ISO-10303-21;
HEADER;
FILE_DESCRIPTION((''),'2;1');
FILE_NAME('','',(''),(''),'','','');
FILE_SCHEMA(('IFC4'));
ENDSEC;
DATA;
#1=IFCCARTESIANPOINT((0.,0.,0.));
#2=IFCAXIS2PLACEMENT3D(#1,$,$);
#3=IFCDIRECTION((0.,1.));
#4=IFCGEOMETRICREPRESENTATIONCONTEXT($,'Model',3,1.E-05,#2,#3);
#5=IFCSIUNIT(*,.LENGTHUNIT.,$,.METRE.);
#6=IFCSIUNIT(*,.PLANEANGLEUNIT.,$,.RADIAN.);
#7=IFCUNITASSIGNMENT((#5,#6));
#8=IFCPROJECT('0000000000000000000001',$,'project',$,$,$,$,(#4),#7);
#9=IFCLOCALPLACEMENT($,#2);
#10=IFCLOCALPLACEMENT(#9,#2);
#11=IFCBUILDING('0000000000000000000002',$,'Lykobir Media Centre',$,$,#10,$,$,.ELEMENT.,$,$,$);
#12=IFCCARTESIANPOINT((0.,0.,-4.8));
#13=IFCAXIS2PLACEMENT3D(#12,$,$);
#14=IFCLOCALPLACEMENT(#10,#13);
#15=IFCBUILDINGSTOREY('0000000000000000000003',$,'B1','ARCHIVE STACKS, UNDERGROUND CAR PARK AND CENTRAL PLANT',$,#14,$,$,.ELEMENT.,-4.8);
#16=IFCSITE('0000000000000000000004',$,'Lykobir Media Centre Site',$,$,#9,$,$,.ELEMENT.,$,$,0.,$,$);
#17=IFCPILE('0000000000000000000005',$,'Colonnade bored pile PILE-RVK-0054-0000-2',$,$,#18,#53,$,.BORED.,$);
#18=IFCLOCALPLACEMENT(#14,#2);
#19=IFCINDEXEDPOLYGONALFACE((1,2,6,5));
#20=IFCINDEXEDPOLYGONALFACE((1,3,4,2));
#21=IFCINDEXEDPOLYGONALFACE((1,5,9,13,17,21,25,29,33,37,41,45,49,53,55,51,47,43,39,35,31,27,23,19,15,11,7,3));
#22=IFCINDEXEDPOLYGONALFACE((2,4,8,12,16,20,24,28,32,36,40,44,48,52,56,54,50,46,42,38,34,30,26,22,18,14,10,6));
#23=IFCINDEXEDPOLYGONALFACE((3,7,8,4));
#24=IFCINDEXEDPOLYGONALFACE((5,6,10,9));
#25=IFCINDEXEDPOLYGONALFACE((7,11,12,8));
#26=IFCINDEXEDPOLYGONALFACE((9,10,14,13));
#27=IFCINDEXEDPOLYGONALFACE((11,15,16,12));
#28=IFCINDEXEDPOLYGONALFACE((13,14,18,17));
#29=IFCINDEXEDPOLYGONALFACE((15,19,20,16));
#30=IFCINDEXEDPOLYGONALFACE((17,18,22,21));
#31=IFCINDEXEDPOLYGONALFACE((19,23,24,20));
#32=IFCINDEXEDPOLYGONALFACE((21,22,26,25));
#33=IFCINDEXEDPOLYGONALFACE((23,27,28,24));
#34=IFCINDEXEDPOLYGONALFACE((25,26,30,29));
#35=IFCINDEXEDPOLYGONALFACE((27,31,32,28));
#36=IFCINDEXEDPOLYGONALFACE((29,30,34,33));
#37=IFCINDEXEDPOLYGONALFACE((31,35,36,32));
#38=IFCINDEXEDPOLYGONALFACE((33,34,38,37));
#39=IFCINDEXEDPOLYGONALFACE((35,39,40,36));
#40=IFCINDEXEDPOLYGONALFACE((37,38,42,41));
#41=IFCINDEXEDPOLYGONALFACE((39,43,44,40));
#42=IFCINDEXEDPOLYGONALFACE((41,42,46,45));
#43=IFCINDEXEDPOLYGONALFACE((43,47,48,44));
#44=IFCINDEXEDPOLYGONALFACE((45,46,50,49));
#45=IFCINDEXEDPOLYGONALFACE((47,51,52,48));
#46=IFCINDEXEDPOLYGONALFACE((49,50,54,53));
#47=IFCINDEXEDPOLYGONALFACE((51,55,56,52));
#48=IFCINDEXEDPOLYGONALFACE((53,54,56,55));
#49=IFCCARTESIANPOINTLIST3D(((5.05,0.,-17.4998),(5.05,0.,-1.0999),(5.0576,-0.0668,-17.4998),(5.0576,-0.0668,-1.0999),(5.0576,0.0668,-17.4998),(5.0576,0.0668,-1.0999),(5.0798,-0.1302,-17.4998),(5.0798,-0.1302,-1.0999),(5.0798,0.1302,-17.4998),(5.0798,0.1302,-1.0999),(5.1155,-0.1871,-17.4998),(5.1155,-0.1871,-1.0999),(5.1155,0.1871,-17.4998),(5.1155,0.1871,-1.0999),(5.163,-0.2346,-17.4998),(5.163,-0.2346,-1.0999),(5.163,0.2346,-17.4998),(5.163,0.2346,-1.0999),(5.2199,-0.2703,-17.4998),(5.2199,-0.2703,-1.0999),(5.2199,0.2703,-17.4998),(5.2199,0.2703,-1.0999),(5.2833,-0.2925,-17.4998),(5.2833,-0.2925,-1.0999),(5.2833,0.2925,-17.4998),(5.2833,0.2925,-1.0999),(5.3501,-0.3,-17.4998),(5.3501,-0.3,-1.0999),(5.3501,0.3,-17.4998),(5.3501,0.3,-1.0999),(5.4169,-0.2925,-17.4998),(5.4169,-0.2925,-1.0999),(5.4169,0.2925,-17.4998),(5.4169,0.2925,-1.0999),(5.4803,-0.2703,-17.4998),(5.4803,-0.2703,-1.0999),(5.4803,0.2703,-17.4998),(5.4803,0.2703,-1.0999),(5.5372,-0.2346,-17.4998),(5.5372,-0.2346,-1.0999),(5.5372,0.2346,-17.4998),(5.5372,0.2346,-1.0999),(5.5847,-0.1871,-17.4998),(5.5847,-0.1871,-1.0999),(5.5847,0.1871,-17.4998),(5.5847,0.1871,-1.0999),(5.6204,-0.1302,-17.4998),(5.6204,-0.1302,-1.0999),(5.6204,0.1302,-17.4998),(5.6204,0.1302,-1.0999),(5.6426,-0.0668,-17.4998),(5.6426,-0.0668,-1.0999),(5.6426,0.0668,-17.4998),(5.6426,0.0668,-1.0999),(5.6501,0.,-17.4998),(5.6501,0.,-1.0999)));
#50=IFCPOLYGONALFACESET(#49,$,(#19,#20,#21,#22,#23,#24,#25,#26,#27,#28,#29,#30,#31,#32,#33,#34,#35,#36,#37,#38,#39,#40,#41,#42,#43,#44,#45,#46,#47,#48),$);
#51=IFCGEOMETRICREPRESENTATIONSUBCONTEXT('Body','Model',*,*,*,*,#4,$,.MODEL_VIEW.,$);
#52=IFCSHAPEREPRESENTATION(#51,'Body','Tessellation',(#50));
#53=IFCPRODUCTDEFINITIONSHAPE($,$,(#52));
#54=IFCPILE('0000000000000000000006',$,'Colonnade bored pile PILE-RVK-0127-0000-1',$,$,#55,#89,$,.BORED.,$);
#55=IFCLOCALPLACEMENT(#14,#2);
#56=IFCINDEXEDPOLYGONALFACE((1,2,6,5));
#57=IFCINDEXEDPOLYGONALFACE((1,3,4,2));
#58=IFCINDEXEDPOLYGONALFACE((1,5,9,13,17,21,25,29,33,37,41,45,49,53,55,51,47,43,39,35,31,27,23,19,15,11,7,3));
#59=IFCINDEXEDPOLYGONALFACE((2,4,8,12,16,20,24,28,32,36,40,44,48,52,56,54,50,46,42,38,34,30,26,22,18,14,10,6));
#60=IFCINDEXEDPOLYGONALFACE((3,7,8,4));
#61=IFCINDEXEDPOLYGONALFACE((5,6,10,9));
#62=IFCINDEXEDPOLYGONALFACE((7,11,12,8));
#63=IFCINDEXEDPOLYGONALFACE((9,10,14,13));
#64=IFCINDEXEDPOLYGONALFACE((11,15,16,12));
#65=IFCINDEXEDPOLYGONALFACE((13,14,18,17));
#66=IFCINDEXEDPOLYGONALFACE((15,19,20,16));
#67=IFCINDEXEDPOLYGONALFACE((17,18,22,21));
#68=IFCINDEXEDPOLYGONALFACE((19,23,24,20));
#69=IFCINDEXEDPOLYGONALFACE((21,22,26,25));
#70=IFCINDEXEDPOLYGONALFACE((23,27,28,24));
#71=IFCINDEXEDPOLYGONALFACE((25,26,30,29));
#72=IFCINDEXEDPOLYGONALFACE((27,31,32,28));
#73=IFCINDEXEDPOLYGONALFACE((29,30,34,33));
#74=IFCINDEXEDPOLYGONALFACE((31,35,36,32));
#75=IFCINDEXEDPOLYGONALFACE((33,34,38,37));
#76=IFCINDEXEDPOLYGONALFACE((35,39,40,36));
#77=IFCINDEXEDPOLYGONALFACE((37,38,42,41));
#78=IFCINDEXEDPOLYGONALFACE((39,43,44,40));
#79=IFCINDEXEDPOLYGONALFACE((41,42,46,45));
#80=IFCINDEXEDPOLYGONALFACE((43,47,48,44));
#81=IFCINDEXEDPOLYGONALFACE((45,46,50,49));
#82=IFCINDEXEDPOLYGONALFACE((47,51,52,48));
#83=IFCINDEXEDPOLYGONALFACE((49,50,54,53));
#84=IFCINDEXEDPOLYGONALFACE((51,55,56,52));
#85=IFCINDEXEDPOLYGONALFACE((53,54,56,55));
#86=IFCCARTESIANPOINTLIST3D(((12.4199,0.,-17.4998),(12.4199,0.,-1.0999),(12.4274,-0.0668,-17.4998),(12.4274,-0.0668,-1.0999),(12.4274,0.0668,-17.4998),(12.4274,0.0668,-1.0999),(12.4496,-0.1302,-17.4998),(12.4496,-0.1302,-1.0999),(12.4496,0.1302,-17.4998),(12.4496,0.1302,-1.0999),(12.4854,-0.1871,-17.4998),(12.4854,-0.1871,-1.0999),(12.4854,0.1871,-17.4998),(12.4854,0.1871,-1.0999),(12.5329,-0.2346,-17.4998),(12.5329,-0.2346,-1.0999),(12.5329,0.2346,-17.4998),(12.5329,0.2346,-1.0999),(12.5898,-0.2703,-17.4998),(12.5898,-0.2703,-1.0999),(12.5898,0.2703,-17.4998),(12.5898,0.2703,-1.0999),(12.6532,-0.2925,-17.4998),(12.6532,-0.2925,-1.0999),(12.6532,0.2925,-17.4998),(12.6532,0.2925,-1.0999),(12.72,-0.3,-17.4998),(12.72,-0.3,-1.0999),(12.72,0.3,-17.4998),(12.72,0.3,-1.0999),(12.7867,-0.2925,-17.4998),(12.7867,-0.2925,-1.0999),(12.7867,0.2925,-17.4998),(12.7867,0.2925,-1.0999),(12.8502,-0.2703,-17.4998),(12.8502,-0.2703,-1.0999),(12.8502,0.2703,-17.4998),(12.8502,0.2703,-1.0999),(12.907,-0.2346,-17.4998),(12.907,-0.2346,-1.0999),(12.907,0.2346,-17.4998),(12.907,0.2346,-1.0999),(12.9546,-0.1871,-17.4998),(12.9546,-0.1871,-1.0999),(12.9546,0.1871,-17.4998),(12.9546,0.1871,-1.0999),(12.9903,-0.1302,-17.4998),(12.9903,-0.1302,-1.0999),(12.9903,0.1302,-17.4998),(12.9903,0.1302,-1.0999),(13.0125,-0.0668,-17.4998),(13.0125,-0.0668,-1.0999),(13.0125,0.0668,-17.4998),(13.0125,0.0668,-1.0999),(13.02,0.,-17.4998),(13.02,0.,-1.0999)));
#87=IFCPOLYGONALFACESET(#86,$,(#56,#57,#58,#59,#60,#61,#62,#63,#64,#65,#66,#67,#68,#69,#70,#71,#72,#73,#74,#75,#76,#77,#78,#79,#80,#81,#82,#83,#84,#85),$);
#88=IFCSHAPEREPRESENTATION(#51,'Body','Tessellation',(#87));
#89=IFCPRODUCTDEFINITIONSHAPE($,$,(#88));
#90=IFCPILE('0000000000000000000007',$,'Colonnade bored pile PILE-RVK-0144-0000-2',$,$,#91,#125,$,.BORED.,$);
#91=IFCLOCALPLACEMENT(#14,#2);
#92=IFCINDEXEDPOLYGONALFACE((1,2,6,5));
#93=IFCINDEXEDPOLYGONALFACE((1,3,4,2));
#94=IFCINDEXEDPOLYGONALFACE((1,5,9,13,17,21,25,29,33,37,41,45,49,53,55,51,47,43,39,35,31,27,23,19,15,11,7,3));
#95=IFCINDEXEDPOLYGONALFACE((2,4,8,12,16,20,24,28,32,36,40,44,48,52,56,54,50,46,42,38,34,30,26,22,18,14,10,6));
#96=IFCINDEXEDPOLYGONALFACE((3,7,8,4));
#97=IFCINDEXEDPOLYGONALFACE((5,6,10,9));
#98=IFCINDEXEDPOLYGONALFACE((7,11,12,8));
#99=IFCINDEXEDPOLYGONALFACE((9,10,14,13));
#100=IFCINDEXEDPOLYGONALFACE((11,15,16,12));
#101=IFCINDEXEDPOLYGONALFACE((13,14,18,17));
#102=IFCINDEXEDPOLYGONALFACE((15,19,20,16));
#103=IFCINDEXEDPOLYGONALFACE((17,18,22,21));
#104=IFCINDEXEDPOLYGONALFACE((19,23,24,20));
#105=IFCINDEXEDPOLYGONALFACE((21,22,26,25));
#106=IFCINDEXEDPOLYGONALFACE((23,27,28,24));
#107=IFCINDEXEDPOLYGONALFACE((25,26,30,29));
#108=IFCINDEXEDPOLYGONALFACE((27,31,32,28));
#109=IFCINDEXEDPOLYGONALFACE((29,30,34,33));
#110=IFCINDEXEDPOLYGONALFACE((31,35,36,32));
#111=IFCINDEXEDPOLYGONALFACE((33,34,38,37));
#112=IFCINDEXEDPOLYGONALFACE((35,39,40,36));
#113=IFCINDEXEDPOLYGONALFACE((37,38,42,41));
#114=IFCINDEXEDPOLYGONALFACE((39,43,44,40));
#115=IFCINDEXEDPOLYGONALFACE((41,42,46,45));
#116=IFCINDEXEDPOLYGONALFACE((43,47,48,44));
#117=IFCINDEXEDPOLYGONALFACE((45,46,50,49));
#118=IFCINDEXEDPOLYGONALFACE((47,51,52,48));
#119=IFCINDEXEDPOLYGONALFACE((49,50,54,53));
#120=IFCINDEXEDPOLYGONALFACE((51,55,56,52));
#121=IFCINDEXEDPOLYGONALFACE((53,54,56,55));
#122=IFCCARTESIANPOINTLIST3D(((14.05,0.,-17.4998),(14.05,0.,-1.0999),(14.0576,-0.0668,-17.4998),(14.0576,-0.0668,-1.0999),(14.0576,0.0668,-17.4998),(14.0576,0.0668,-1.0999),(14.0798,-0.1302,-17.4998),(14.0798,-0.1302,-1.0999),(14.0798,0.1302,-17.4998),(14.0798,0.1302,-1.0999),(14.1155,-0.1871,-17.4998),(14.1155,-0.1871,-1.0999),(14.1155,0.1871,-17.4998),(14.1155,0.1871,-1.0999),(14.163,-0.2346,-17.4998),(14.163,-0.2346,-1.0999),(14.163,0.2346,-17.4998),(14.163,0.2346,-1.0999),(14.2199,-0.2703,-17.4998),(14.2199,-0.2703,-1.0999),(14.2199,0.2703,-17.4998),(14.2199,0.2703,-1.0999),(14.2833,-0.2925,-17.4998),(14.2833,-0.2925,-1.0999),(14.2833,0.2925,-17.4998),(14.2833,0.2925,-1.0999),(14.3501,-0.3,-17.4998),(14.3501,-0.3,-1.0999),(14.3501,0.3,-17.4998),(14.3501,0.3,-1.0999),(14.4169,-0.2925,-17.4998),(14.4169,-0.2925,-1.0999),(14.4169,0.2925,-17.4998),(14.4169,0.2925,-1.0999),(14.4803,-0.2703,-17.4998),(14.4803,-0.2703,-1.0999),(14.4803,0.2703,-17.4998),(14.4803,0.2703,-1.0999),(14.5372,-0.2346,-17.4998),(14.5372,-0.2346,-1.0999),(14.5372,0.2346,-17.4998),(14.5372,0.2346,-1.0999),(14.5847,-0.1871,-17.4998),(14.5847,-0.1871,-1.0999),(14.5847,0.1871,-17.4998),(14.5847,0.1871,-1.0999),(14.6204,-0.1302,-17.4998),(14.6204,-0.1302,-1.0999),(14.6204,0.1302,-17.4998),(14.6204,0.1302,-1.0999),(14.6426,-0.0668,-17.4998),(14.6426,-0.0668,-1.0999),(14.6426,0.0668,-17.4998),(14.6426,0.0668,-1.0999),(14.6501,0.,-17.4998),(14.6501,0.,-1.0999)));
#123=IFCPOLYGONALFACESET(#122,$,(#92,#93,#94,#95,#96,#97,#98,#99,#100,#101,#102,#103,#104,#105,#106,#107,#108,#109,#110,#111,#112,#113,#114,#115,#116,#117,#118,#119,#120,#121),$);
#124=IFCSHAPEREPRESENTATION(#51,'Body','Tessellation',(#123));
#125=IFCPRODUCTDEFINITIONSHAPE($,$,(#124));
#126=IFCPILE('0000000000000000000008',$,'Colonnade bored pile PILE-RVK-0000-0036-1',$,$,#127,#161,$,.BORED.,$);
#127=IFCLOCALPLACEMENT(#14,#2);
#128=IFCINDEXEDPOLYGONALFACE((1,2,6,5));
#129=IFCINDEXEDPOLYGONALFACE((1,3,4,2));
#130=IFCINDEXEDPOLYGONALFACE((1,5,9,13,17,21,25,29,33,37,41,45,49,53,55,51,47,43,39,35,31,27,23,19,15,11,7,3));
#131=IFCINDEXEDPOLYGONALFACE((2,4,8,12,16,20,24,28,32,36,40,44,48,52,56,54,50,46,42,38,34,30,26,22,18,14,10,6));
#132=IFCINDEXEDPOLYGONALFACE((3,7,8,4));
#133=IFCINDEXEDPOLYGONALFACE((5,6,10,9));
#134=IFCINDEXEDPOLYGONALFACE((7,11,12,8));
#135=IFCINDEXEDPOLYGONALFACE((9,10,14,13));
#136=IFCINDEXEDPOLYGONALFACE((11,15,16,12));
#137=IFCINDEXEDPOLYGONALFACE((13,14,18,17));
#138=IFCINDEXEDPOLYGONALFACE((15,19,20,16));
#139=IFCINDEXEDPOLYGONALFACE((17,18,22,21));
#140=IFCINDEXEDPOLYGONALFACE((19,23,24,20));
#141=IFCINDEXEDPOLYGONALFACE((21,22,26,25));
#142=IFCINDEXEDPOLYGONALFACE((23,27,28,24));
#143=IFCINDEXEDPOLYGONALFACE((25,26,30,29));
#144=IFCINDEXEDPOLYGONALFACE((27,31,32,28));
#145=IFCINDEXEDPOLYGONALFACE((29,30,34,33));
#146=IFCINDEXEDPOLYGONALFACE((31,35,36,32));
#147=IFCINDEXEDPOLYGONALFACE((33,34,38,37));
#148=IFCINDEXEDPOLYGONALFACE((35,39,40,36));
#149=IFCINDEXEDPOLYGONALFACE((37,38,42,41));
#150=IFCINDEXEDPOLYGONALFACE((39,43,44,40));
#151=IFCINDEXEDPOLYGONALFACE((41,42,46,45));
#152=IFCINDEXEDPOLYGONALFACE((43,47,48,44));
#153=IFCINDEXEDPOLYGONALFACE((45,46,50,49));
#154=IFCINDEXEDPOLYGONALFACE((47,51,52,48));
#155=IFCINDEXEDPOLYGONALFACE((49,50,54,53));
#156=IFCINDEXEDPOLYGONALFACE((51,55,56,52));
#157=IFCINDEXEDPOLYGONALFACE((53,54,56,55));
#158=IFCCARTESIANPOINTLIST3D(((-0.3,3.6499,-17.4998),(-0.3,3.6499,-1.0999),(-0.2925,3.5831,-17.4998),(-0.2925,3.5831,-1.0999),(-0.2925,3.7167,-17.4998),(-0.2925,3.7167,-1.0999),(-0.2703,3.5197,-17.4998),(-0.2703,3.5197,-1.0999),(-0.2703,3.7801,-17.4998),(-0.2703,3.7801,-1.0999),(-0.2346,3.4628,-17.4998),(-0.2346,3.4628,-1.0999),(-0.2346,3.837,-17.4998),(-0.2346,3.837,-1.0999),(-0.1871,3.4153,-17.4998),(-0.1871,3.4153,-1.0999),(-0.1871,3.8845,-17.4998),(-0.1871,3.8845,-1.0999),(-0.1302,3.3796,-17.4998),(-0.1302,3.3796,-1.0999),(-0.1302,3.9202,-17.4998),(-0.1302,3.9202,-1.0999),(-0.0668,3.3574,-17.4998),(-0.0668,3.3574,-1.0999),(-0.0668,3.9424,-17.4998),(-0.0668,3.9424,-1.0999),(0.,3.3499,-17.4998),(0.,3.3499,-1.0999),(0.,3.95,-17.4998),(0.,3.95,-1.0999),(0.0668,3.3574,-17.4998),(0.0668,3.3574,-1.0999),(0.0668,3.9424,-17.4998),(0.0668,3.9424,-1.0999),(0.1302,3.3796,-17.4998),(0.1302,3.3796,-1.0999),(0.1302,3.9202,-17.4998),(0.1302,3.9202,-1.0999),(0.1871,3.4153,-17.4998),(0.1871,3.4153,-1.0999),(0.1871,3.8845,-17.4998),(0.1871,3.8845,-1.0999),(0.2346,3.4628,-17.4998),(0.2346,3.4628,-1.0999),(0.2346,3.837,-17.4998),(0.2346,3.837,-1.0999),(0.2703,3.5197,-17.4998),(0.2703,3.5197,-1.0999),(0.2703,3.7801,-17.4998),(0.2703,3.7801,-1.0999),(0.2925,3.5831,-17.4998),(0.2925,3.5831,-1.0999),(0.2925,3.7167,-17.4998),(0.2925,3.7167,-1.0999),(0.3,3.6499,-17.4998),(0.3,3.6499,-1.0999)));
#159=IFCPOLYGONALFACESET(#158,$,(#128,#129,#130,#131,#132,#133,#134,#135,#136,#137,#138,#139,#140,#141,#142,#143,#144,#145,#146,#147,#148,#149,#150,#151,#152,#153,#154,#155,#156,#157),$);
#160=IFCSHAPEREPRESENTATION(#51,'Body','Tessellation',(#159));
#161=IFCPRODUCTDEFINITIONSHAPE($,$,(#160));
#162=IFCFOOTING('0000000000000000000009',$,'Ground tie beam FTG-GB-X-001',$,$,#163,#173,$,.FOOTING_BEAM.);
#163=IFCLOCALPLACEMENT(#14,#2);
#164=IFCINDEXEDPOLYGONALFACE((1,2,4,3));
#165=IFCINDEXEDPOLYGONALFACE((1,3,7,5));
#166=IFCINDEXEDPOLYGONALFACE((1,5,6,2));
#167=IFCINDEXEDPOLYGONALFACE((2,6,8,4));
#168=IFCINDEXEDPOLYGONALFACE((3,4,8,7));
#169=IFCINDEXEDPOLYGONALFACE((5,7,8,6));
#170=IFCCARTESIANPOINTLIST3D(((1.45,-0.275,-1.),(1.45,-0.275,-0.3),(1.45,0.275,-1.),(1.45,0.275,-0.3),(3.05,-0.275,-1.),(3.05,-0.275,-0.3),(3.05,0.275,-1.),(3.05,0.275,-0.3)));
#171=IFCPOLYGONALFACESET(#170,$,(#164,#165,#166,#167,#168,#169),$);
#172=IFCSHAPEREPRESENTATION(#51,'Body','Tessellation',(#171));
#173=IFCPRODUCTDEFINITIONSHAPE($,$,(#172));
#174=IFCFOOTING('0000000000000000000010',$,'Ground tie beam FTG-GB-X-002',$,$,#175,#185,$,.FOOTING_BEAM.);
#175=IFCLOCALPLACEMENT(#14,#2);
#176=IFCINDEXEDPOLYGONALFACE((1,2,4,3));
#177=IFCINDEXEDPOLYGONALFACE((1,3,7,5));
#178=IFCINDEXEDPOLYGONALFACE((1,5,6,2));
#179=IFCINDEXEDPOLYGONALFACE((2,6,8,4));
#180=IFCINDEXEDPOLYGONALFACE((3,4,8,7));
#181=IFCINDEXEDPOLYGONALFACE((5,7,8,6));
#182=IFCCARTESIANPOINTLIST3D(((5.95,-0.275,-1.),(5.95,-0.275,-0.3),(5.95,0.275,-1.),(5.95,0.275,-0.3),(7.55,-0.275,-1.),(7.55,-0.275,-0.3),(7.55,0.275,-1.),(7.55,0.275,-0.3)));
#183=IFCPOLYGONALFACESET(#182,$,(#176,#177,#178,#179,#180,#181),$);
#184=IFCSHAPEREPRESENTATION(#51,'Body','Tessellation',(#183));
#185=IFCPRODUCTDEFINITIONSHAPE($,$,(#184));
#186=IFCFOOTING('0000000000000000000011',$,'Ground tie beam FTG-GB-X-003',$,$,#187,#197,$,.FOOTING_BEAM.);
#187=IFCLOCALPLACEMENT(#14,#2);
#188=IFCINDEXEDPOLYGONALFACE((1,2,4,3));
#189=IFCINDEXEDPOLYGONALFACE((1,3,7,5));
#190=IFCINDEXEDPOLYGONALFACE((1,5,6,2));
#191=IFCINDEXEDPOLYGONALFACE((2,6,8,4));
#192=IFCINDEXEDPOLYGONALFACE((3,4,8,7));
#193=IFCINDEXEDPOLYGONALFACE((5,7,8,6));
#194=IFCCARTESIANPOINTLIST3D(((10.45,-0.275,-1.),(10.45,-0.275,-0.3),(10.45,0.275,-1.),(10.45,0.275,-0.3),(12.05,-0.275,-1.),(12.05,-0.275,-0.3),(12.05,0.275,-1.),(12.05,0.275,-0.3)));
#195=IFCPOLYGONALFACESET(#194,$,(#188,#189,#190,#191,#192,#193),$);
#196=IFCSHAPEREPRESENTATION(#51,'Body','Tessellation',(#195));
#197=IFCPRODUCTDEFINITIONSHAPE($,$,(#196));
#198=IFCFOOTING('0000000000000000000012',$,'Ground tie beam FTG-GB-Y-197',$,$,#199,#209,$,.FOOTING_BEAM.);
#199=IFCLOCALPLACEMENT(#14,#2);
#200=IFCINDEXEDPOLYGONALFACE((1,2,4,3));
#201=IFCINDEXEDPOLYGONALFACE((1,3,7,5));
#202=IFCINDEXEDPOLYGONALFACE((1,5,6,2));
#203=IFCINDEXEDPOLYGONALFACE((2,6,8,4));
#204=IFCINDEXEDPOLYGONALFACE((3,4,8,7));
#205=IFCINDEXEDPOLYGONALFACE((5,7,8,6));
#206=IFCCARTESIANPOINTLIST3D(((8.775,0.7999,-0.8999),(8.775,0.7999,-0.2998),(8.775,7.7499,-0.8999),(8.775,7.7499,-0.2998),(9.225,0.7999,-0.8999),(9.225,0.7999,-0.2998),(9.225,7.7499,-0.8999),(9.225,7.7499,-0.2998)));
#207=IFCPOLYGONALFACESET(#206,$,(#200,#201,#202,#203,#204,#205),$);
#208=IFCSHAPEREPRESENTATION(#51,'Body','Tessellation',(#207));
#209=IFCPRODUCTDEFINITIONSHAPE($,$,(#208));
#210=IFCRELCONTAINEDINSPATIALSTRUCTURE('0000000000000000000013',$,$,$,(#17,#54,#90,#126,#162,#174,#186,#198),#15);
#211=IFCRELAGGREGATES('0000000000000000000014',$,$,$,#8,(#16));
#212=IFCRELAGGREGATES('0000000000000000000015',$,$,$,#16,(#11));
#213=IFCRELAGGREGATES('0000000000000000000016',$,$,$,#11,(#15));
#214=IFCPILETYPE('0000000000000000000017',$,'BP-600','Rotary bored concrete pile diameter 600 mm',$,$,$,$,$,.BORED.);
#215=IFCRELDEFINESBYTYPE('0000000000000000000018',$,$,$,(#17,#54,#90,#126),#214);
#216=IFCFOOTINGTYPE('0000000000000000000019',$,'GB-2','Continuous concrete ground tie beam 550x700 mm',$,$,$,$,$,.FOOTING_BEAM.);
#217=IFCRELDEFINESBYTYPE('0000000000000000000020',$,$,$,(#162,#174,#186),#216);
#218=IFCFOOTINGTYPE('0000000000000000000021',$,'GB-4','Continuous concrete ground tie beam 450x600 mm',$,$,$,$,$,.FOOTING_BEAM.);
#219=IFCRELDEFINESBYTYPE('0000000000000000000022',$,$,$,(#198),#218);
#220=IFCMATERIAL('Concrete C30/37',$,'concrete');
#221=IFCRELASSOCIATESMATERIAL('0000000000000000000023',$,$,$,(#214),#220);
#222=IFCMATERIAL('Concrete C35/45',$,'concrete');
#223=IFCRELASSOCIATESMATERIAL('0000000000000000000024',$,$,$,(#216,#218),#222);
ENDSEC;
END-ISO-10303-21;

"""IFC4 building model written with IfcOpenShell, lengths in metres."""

from ifc_helpers import new_model, si_unit, direction, frame, origin, origin_2d, place, context, subcontext, project, spatial, rectangle, circle, extrude, material, material_profile, profile_set, type_object, element, save


model = new_model("IFC4")

# Units and contexts
model_context = context("Model", 3, precision=1e-05, world=origin(), true_north=direction((0.0, 1.0)))
body_context = subcontext(model_context, "Body", "Model", "MODEL_VIEW")
ifc_project = project(units=[si_unit("LENGTHUNIT", "METRE"), si_unit("PLANEANGLEUNIT", "RADIAN")], contexts=[model_context])

# Site, building, storey
site_placement = place(None, origin())
site = spatial("IfcSite", under=ifc_project, at=site_placement, Name="Lykobir Media Centre Site", CompositionType="ELEMENT", RefElevation=0.0)
building_placement = place(site_placement, origin())
building = spatial("IfcBuilding", under=site, at=building_placement, Name="Lykobir Media Centre", CompositionType="ELEMENT")
storey_placement = place(building_placement, frame((0.0, 0.0, -4.8)))
storey = spatial("IfcBuildingStorey", under=building, at=storey_placement, Name="B1", Description="ARCHIVE STACKS, UNDERGROUND CAR PARK AND CENTRAL PLANT", CompositionType="ELEMENT", Elevation=-4.8)

# Piles
ifc_material_1 = material(Name="Concrete C30/37", Category="concrete")
ifc_material_profile_1 = material_profile(ifc_material_1, circle(Radius=0.3, at=origin_2d()), Name="BORED PILE D600")
ifc_profile_set_1 = profile_set([ifc_material_profile_1], Name="Concrete C30/37")
pile_type = type_object("IfcPileType", Name="BP-600", Description="Rotary bored concrete pile diameter 600 mm", PredefinedType="BORED", material=ifc_profile_set_1)
for number, where, z_axis, x_axis, name in (
    (1, (5.3501, 0.0, -1.0999), (0.0, 0.0, -1.0), (1.0, 0.0, 0.0), "Colonnade bored pile PILE-RVK-0054-0000-2"),
    (2, (12.72, 0.0, -1.0999), (0.0, 0.0, -1.0), (1.0, 0.0, 0.0), "Colonnade bored pile PILE-RVK-0127-0000-1"),
    (3, (14.3501, 0.0, -1.0999), (0.0, 0.0, -1.0), (1.0, 0.0, 0.0), "Colonnade bored pile PILE-RVK-0144-0000-2"),
    (4, (0.0, 3.6499, -1.0999), (0.0, 0.0, -1.0), (1.0, 0.0, 0.0), "Colonnade bored pile PILE-RVK-0000-0036-1"),
):
    element("IfcPile", number, at=place(storey_placement, frame(where, z_axis=z_axis, x_axis=x_axis)), inside=storey, type_object=pile_type, Name=name, PredefinedType="BORED", context=body_context, shape_type="SweptSolid", body=[
        extrude(circle(Radius=0.3, at=origin_2d()), origin(), (0.0, 0.0, 1.0), 16.3999),
    ])

# Footings
ifc_material_2 = material(Name="Concrete C35/45", Category="concrete")
footing_type_1 = type_object("IfcFootingType", Name="GB-2", Description="Continuous concrete ground tie beam 550x700 mm", PredefinedType="FOOTING_BEAM", material=ifc_material_2)
for number, where, z_axis, x_axis, name in (
    (5, (2.25, 0.0, -1.0), (0.0, 0.0, 1.0), (1.0, 0.0, 0.0), "Ground tie beam FTG-GB-X-001"),
    (6, (6.75, 0.0, -1.0), (0.0, 0.0, 1.0), (1.0, 0.0, 0.0), "Ground tie beam FTG-GB-X-002"),
    (7, (11.25, 0.0, -1.0), (0.0, 0.0, 1.0), (1.0, 0.0, 0.0), "Ground tie beam FTG-GB-X-003"),
):
    element("IfcFooting", number, at=place(storey_placement, frame(where, z_axis=z_axis, x_axis=x_axis)), inside=storey, type_object=footing_type_1, Name=name, PredefinedType="FOOTING_BEAM", context=body_context, shape_type="SweptSolid", body=[
        extrude(rectangle(XDim=1.6001, YDim=0.55, at=origin_2d()), origin(), (0.0, 0.0, 1.0), 0.7),
    ])
footing_type_2 = type_object("IfcFootingType", Name="GB-4", Description="Continuous concrete ground tie beam 450x600 mm", PredefinedType="FOOTING_BEAM", material=ifc_material_2)
footing_1_placement = place(storey_placement, frame((9.0, 4.2749, -0.8999), z_axis=(0.0, 0.0, 1.0), x_axis=(0.0, 1.0, 0.0)))
element("IfcFooting", 8, at=footing_1_placement, inside=storey, type_object=footing_type_2, Name="Ground tie beam FTG-GB-Y-197", PredefinedType="FOOTING_BEAM", context=body_context, shape_type="SweptSolid", body=[
    extrude(rectangle(XDim=6.95, YDim=0.45, at=origin_2d()), origin(), (0.0, 0.0, 1.0), 0.6001),
])

save(model, "model.ifc")
